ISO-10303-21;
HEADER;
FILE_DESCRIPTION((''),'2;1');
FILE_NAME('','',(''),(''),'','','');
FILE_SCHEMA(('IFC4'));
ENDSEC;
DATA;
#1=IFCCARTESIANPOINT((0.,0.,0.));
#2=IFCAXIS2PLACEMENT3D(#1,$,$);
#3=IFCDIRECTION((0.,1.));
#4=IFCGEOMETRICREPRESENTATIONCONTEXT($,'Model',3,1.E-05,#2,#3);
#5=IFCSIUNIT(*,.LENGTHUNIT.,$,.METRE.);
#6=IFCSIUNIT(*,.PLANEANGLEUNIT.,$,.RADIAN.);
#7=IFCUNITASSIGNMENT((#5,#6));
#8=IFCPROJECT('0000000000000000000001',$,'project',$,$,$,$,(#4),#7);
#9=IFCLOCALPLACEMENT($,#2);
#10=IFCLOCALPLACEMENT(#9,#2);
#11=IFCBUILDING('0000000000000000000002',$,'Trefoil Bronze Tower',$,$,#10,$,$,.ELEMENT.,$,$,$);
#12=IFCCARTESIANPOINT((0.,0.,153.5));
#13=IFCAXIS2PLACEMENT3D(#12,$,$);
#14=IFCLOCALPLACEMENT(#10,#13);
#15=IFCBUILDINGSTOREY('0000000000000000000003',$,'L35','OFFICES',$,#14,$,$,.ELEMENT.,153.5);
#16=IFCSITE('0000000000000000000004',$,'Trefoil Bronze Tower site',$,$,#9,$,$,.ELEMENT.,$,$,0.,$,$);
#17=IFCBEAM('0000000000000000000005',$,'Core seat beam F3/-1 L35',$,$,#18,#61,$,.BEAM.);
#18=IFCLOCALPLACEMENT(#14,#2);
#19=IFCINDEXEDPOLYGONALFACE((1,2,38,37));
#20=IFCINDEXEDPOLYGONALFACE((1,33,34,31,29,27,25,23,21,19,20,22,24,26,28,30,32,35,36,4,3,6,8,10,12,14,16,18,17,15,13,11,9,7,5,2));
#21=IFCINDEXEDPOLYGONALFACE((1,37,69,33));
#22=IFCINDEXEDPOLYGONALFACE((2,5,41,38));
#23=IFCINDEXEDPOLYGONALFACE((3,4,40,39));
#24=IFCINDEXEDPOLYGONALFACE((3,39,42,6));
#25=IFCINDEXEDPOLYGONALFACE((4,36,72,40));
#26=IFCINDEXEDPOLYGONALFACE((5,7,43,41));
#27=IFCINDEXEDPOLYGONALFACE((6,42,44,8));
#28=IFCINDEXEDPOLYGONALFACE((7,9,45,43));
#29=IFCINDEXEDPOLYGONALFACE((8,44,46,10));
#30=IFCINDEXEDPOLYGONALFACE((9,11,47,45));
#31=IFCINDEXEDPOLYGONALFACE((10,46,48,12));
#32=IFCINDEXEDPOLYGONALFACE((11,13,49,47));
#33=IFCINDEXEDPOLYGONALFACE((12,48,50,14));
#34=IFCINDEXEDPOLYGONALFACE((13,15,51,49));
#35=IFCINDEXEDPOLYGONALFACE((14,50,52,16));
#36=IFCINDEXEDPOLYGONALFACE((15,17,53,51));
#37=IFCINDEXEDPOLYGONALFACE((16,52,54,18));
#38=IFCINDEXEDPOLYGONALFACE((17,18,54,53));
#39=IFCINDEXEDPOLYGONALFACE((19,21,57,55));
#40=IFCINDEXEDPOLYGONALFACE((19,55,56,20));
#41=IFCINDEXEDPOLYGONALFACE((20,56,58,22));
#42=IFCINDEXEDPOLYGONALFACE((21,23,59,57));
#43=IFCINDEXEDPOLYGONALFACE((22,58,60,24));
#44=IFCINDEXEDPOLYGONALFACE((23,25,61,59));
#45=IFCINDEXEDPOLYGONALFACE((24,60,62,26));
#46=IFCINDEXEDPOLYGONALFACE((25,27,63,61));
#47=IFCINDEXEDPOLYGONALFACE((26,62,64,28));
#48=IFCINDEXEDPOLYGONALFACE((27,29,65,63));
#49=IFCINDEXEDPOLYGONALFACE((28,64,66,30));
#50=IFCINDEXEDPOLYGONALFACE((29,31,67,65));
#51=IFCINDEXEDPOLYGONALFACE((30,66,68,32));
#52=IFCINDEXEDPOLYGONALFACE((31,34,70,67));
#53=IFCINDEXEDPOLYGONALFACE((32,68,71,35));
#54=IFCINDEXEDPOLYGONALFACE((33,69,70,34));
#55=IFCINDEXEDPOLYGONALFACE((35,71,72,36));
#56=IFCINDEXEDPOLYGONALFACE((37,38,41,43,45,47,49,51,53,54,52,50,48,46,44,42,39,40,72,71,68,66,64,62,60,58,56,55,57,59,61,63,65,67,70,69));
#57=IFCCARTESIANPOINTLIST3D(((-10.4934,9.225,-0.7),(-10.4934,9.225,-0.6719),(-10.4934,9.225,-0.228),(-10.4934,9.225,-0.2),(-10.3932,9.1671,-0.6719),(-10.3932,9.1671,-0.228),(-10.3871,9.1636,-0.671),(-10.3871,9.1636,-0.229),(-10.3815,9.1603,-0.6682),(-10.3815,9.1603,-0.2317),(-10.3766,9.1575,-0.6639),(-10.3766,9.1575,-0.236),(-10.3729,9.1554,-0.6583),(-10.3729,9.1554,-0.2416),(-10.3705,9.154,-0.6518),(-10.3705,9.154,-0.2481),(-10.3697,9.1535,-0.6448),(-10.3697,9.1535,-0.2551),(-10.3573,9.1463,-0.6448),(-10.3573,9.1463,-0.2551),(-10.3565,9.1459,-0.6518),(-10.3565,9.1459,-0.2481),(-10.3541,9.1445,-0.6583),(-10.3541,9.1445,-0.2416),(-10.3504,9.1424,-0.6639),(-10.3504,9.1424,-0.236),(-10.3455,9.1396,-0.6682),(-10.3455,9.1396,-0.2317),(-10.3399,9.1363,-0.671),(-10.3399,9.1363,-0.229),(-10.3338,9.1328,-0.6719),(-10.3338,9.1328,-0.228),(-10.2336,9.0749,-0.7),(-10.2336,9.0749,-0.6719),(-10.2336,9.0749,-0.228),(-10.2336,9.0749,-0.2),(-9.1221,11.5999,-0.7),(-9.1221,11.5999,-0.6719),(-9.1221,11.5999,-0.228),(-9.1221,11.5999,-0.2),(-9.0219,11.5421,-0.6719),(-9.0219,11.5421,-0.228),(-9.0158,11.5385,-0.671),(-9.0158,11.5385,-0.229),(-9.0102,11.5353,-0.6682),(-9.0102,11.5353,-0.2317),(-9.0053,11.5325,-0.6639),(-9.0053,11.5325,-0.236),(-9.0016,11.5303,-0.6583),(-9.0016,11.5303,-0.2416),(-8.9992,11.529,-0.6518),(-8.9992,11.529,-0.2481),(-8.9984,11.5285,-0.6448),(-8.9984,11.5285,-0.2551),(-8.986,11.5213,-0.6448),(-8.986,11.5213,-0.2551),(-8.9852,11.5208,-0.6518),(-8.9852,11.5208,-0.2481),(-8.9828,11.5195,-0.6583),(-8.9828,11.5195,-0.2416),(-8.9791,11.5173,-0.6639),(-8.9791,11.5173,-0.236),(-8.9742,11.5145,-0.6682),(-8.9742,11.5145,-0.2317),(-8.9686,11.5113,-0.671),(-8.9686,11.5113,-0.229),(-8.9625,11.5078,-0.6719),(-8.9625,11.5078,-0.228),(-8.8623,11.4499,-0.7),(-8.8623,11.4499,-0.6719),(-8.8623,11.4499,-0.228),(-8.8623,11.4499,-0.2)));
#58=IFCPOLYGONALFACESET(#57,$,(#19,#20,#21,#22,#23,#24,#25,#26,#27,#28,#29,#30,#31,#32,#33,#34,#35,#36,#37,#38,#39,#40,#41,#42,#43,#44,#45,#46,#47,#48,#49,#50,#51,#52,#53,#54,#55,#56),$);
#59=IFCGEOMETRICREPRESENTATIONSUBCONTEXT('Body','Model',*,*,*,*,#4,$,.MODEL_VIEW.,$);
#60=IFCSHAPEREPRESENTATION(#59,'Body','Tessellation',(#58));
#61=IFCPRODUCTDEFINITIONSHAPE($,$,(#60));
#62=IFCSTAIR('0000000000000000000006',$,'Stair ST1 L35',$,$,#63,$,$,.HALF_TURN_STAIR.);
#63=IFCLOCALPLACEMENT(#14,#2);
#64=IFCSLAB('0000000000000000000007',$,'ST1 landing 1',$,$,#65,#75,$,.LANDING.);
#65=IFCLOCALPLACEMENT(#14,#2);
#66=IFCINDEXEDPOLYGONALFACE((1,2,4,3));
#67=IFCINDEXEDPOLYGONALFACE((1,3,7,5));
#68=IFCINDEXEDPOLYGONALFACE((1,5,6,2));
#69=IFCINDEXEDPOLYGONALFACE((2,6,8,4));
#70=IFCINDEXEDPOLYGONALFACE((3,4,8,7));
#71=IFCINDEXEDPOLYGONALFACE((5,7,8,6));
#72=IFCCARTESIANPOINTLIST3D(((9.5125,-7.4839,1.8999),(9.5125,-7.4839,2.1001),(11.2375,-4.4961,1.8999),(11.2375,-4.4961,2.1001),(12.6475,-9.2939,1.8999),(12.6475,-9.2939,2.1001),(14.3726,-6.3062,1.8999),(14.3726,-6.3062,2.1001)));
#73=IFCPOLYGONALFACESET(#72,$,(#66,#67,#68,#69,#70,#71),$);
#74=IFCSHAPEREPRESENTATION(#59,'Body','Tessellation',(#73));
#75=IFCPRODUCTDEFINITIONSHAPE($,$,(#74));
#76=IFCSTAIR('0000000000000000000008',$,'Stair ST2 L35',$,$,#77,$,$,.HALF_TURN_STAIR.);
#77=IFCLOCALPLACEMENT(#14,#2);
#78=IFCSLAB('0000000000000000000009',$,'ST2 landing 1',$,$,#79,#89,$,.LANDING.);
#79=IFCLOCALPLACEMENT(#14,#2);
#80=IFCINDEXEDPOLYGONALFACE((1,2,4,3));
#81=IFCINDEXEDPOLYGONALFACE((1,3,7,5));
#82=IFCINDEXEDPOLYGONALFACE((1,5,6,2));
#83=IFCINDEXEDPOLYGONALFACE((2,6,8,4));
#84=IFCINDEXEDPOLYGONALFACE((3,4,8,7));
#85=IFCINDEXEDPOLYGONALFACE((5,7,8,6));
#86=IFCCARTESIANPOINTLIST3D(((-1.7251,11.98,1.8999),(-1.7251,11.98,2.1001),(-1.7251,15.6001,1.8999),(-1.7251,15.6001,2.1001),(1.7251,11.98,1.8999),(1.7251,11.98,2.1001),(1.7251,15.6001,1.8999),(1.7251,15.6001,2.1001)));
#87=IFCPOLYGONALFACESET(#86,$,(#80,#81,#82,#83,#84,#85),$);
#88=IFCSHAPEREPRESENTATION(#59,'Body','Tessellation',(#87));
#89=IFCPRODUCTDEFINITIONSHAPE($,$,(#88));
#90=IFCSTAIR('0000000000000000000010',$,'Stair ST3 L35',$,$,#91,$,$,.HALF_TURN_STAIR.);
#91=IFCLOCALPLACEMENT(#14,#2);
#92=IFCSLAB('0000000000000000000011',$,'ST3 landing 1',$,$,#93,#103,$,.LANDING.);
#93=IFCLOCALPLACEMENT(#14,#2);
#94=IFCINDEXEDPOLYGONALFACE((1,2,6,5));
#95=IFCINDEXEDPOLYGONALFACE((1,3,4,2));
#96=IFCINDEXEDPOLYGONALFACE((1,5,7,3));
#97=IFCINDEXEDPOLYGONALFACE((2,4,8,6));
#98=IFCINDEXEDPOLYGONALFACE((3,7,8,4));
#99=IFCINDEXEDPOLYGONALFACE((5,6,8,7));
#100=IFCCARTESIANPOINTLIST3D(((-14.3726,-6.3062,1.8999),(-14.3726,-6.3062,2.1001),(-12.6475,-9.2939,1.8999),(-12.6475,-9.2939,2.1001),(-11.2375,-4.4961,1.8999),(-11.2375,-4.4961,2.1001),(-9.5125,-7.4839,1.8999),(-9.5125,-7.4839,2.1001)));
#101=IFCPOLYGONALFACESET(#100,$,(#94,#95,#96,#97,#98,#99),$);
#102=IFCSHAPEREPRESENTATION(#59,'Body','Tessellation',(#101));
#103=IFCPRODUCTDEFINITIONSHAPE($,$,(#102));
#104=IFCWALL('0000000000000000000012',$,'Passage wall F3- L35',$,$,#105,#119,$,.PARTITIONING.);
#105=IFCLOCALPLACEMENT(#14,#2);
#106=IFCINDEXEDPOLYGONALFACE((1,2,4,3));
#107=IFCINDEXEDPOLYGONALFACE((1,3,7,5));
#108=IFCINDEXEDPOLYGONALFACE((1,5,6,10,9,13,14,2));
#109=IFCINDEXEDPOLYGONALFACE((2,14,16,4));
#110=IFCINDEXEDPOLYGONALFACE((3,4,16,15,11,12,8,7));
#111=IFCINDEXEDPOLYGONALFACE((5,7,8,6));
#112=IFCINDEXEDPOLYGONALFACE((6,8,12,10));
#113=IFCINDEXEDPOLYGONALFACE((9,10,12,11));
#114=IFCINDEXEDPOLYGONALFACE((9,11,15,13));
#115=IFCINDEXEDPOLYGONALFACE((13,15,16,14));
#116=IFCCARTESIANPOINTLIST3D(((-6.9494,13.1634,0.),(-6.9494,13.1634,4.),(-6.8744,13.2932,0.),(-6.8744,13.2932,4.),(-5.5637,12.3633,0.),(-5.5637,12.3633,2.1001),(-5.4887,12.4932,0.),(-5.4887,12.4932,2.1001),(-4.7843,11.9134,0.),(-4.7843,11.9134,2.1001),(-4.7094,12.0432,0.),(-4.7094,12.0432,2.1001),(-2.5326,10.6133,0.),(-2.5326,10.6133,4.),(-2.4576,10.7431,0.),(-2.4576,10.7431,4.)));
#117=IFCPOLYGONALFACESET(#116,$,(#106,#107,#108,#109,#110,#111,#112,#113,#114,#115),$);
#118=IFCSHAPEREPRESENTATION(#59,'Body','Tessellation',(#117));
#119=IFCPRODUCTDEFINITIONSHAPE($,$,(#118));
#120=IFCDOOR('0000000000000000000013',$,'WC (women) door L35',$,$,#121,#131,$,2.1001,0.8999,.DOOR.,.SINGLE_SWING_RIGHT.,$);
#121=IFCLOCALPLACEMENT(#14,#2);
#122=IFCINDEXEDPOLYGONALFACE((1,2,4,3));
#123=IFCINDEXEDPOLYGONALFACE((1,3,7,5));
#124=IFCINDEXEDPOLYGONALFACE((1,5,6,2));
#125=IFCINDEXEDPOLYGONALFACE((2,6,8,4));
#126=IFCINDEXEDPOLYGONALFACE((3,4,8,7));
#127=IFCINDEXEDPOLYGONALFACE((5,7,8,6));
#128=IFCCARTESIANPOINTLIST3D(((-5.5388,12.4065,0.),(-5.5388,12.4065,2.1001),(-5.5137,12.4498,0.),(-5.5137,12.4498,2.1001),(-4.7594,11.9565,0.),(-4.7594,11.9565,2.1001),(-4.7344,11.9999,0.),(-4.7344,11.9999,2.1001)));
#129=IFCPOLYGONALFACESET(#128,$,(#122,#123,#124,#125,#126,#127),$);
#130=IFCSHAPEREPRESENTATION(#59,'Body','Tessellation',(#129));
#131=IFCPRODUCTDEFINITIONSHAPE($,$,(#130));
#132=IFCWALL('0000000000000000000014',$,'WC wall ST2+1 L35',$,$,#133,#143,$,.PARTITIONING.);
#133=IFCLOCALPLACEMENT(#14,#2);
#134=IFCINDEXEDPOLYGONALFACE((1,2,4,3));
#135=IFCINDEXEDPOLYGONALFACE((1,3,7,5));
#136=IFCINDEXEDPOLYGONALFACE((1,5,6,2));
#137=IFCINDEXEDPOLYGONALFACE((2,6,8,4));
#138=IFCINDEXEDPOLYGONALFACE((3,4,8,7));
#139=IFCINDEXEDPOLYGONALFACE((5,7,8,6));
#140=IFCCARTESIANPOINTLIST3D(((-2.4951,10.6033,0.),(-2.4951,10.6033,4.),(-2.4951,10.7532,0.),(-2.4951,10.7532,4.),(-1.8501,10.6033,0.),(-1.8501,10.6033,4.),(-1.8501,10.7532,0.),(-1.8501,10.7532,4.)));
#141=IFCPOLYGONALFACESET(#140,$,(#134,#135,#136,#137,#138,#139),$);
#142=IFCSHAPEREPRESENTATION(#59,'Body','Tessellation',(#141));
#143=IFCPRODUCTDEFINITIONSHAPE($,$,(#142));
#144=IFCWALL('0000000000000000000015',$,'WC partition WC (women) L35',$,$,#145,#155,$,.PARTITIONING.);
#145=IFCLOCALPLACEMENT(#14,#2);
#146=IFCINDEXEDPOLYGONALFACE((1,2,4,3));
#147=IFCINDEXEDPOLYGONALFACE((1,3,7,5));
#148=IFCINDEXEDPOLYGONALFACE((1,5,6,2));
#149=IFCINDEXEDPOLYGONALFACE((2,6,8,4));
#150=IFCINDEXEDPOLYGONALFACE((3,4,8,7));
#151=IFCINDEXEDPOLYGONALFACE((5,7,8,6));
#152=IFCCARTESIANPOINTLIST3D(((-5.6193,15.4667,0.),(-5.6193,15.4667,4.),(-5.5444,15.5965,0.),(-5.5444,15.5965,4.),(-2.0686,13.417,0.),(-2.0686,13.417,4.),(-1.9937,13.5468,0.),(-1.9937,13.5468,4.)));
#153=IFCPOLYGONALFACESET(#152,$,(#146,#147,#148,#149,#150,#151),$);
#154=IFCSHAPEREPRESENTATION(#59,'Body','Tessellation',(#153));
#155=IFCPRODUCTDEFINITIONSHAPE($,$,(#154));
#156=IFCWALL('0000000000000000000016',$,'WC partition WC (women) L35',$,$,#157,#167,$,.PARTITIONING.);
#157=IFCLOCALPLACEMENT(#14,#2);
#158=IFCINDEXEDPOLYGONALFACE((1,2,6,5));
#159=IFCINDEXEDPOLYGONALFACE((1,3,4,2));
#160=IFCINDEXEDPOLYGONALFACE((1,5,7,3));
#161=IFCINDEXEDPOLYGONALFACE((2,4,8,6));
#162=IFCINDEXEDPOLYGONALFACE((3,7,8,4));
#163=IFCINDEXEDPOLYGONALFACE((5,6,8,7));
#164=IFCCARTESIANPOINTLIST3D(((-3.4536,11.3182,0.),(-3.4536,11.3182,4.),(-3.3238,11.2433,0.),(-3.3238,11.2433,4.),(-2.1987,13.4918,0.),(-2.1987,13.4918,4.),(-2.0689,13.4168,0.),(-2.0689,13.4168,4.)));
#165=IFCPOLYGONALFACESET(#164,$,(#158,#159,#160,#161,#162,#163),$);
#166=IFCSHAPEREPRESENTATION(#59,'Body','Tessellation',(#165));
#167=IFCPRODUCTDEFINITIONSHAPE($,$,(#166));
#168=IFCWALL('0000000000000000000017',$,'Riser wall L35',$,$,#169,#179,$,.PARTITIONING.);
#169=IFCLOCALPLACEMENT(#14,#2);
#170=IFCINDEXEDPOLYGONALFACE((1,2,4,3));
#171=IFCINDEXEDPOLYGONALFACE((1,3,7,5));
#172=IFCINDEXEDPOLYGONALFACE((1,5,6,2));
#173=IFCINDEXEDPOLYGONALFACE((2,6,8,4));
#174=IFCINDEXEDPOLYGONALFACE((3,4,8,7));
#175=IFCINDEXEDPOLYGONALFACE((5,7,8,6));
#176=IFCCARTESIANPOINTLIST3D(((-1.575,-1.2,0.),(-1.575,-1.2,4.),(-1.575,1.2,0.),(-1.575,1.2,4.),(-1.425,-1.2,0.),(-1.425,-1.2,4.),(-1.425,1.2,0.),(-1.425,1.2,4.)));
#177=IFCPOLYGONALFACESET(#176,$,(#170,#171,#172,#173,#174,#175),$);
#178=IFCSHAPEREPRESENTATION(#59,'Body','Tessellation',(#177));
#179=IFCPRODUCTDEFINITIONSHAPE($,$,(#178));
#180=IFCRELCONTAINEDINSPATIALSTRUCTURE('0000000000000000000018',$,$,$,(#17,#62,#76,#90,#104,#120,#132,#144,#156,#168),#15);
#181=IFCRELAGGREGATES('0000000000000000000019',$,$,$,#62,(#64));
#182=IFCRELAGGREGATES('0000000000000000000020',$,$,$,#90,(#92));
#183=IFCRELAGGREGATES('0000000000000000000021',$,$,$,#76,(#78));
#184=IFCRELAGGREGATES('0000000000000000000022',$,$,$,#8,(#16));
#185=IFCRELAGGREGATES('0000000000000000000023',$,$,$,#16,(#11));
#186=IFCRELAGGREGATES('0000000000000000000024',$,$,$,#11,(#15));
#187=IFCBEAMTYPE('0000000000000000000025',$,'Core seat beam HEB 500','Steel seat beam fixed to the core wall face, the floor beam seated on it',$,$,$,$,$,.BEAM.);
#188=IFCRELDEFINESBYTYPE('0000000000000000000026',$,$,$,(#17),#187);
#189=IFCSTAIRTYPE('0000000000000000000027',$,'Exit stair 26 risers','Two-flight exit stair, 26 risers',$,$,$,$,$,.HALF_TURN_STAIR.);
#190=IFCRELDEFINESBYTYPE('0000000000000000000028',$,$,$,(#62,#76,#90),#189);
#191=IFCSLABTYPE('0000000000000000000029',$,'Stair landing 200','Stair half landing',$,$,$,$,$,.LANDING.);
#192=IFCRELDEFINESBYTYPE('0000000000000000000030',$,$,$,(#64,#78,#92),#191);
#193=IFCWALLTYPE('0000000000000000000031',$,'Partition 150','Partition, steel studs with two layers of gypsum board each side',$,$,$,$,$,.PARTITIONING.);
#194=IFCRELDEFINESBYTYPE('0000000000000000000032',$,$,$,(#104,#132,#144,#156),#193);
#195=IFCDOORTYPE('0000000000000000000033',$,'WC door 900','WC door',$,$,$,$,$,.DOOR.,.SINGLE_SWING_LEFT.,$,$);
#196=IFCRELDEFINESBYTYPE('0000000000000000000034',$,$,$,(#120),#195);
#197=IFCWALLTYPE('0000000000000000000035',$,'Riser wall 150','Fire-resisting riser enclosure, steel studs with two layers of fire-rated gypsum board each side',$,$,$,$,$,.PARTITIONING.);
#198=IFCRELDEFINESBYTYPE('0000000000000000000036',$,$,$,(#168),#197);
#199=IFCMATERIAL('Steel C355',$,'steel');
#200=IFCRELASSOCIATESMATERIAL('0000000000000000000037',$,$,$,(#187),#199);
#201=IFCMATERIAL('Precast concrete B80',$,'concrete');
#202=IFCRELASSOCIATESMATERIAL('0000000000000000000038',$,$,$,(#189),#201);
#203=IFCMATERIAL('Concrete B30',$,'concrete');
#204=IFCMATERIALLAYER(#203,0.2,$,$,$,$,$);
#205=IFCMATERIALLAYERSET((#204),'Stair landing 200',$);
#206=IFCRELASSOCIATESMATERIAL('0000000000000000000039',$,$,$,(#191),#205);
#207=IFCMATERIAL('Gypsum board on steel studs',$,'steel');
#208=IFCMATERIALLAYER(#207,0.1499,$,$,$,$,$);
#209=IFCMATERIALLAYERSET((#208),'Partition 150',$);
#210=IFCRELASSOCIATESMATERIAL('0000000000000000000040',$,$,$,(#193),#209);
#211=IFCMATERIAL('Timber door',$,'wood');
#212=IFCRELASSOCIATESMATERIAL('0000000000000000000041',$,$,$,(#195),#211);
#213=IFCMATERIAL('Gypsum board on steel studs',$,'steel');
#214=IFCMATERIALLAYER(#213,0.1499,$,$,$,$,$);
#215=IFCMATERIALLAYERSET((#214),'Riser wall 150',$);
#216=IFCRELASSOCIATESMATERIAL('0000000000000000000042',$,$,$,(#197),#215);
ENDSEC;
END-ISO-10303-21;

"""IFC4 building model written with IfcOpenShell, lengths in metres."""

from ifc_helpers import new_model, si_unit, direction, frame, frame_2d, origin, origin_2d, place, context, subcontext, project, spatial, polyline, rectangle, i_section, outline, extrude, material, layer, layer_set, material_profile, profile_set, type_object, element, fill, aggregate, save


model = new_model("IFC4")

# Units and contexts
model_context = context("Model", 3, precision=1e-05, world=origin(), true_north=direction((0.0, 1.0)))
body_context = subcontext(model_context, "Body", "Model", "MODEL_VIEW")
ifc_project = project(units=[si_unit("LENGTHUNIT", "METRE"), si_unit("PLANEANGLEUNIT", "RADIAN")], contexts=[model_context])

# Site, building, storey
site_placement = place(None, origin())
site = spatial("IfcSite", under=ifc_project, at=site_placement, Name="Trefoil Bronze Tower site", CompositionType="ELEMENT", RefElevation=0.0)
building_placement = place(site_placement, origin())
building = spatial("IfcBuilding", under=site, at=building_placement, Name="Trefoil Bronze Tower", CompositionType="ELEMENT")
storey_placement = place(building_placement, frame((0.0, 0.0, 153.5)))
storey = spatial("IfcBuildingStorey", under=building, at=storey_placement, Name="L35", Description="OFFICES", CompositionType="ELEMENT", Elevation=153.5)

# Beam
ifc_material_1 = material(Name="Steel C355", Category="steel")
ifc_material_profile = material_profile(ifc_material_1, i_section(OverallWidth=0.3, OverallDepth=0.5, WebThickness=0.0144, FlangeThickness=0.0281, FilletRadius=0.0271, at=origin_2d()), Name="HEB 500")
ifc_profile_set = profile_set([ifc_material_profile], Name="Steel C355")
beam_type = type_object("IfcBeamType", Name="Core seat beam HEB 500", Description="Steel seat beam fixed to the core wall face, the floor beam seated on it", PredefinedType="BEAM", material=ifc_profile_set)
beam_placement = place(storey_placement, frame((-8.9922, 11.5249, -0.45), z_axis=(-0.500036, -0.866005, 0.0), x_axis=(0.866005, -0.500036, 0.0)))
element("IfcBeam", 1, at=beam_placement, inside=storey, type_object=beam_type, Name="Core seat beam F3/-1 L35", PredefinedType="BEAM", context=body_context, shape_type="SweptSolid", body=[
    extrude(i_section(OverallWidth=0.3, OverallDepth=0.5, WebThickness=0.0144, FlangeThickness=0.0281, FilletRadius=0.0271, at=origin_2d()), origin(), (0.0, 0.0, 1.0), 2.7424),
])

# Stairs, slabs
ifc_material_2 = material(Name="Precast concrete B80", Category="concrete")
stair_type = type_object("IfcStairType", Name="Exit stair 26 risers", Description="Two-flight exit stair, 26 risers", PredefinedType="HALF_TURN_STAIR", material=ifc_material_2)
stair_1_placement = place(storey_placement, origin())
stair_1 = element("IfcStair", 2, at=stair_1_placement, inside=storey, type_object=stair_type, Name="Stair ST1 L35", PredefinedType="HALF_TURN_STAIR")
ifc_material_3 = material(Name="Concrete B30", Category="concrete")
ifc_layer_1 = layer(ifc_material_3, 0.2)
ifc_layer_set_1 = layer_set([ifc_layer_1], Name="Stair landing 200")
slab_type = type_object("IfcSlabType", Name="Stair landing 200", Description="Stair half landing", PredefinedType="LANDING", material=ifc_layer_set_1)
slab_1_placement = place(storey_placement, frame((0.0, 0.0, 1.8999)))
slab_1 = element("IfcSlab", 3, at=slab_1_placement, type_object=slab_type, Name="ST1 landing 1", PredefinedType="LANDING", context=body_context, shape_type="SweptSolid", body=[
    extrude(outline(polyline([(9.5125, -7.4839), (12.6475, -9.2939), (14.3726, -6.3062), (11.2375, -4.4961), (9.5125, -7.4839)])), origin(), (0.0, 0.0, 1.0), 0.2002),
])
aggregate(stair_1, [slab_1])
stair_2_placement = place(storey_placement, origin())
stair_2 = element("IfcStair", 4, at=stair_2_placement, inside=storey, type_object=stair_type, Name="Stair ST2 L35", PredefinedType="HALF_TURN_STAIR")
slab_2_placement = place(storey_placement, frame((0.0, 0.0, 1.8999)))
slab_2 = element("IfcSlab", 5, at=slab_2_placement, type_object=slab_type, Name="ST2 landing 1", PredefinedType="LANDING", context=body_context, shape_type="SweptSolid", body=[
    extrude(outline(polyline([(1.7251, 11.98), (1.7251, 15.6001), (-1.7251, 15.6001), (-1.7251, 11.98), (1.7251, 11.98)])), origin(), (0.0, 0.0, 1.0), 0.2002),
])
stair_3_placement = place(storey_placement, origin())
stair_3 = element("IfcStair", 6, at=stair_3_placement, inside=storey, type_object=stair_type, Name="Stair ST3 L35", PredefinedType="HALF_TURN_STAIR")
slab_3_placement = place(storey_placement, frame((0.0, 0.0, 1.8999)))
slab_3 = element("IfcSlab", 7, at=slab_3_placement, type_object=slab_type, Name="ST3 landing 1", PredefinedType="LANDING", context=body_context, shape_type="SweptSolid", body=[
    extrude(outline(polyline([(-11.2375, -4.4961), (-14.3726, -6.3062), (-12.6475, -9.2939), (-9.5125, -7.4839), (-11.2375, -4.4961)])), origin(), (0.0, 0.0, 1.0), 0.2002),
])
aggregate(stair_3, [slab_3])

# Wall, opening, door
ifc_material_4 = material(Name="Gypsum board on steel studs", Category="steel")
ifc_layer_2 = layer(ifc_material_4, 0.1499)
ifc_layer_set_2 = layer_set([ifc_layer_2], Name="Partition 150")
wall_type_1 = type_object("IfcWallType", Name="Partition 150", Description="Partition, steel studs with two layers of gypsum board each side", PredefinedType="PARTITIONING", material=ifc_layer_set_2)
wall_1_placement = place(storey_placement, frame((-2.4951, 10.6782, 0.0), z_axis=(0.0, 0.0, 1.0), x_axis=(-0.866022, 0.500006, 0.0)))
wall_1 = element("IfcWall", 8, at=wall_1_placement, inside=storey, type_object=wall_type_1, Name="Passage wall F3- L35", PredefinedType="PARTITIONING", context=body_context, shape_type="SweptSolid", body=[
    extrude(rectangle(XDim=5.1001, YDim=0.1499, at=frame_2d((2.55, 0.0))), origin(), (0.0, 0.0, 1.0), 4.0),
])
opening_1_placement = place(wall_1_placement, frame((2.6001, 0.0, 0.0)))
opening_1 = element("IfcOpeningElement", 9, at=opening_1_placement, cuts=wall_1, PredefinedType="OPENING", context=body_context, shape_type="SweptSolid", body=[
    extrude(rectangle(XDim=0.8999, YDim=2.1001, at=frame_2d((0.45, 1.05))), frame((0.0, 0.085, 0.0), z_axis=(0.0, -1.0, 0.0), x_axis=(1.0, 0.0, 0.0)), (0.0, 0.0, 1.0), 0.1699),
])
ifc_material_5 = material(Name="Timber door", Category="wood")
door_type_1 = type_object("IfcDoorType", Name="WC door 900", Description="WC door", OperationType="SINGLE_SWING_LEFT", PredefinedType="DOOR", material=ifc_material_5)
door_1_placement = place(opening_1_placement, frame((0.8999, 0.0, 0.0), z_axis=(0.0, 0.0, 1.0), x_axis=(-1.0, 0.0, 0.0)))
door_1 = element("IfcDoor", 10, at=door_1_placement, inside=storey, type_object=door_type_1, Name="WC (women) door L35", OperationType="SINGLE_SWING_RIGHT", OverallHeight=2.1001, OverallWidth=0.8999, PredefinedType="DOOR", context=body_context, shape_type="SweptSolid", body=[
    extrude(rectangle(XDim=0.8999, YDim=2.1001, at=frame_2d((0.45, 1.05))), frame((0.0, 0.0249, 0.0), z_axis=(0.0, -1.0, 0.0), x_axis=(1.0, 0.0, 0.0)), (0.0, 0.0, 1.0), 0.05),
])
fill(opening_1, door_1)

# Walls
wall_2_placement = place(storey_placement, frame((-2.4951, 10.6782, 0.0), z_axis=(0.0, 0.0, 1.0), x_axis=(1.0, 0.0, 0.0)))
element("IfcWall", 11, at=wall_2_placement, inside=storey, type_object=wall_type_1, Name="WC wall ST2+1 L35", PredefinedType="PARTITIONING", context=body_context, shape_type="SweptSolid", body=[
    extrude(rectangle(XDim=0.645, YDim=0.1499, at=frame_2d((0.3225, 0.0))), origin(), (0.0, 0.0, 1.0), 4.0),
])
wall_3_placement = place(storey_placement, frame((-2.0312, 13.4819, 0.0), z_axis=(0.0, 0.0, 1.0), x_axis=(-0.866051, 0.499956, 0.0)))
element("IfcWall", 12, at=wall_3_placement, inside=storey, type_object=wall_type_1, Name="WC partition WC (women) L35", PredefinedType="PARTITIONING", context=body_context, shape_type="SweptSolid", body=[
    extrude(rectangle(XDim=4.0999, YDim=0.1499, at=frame_2d((2.0498, 0.0))), origin(), (0.0, 0.0, 1.0), 4.0),
])
wall_4_placement = place(storey_placement, frame((-3.3887, 11.2808, 0.0), z_axis=(0.0, 0.0, 1.0), x_axis=(0.499989, 0.866032, 0.0)))
element("IfcWall", 13, at=wall_4_placement, inside=storey, type_object=wall_type_1, Name="WC partition WC (women) L35", PredefinedType="PARTITIONING", context=body_context, shape_type="SweptSolid", body=[
    extrude(rectangle(XDim=2.5098, YDim=0.1499, at=frame_2d((1.2549, 0.0))), origin(), (0.0, 0.0, 1.0), 4.0),
])
ifc_material_6 = material(Name="Gypsum board on steel studs", Category="steel")
ifc_layer_3 = layer(ifc_material_6, 0.1499)
ifc_layer_set_3 = layer_set([ifc_layer_3], Name="Riser wall 150")
wall_type_2 = type_object("IfcWallType", Name="Riser wall 150", Description="Fire-resisting riser enclosure, steel studs with two layers of fire-rated gypsum board each side", PredefinedType="PARTITIONING", material=ifc_layer_set_3)
wall_5_placement = place(storey_placement, frame((-1.5, 1.2, 0.0), z_axis=(0.0, 0.0, 1.0), x_axis=(0.0, -1.0, 0.0)))
element("IfcWall", 14, at=wall_5_placement, inside=storey, type_object=wall_type_2, Name="Riser wall L35", PredefinedType="PARTITIONING", context=body_context, shape_type="SweptSolid", body=[
    extrude(rectangle(XDim=2.3999, YDim=0.1499, at=frame_2d((1.2, 0.0))), origin(), (0.0, 0.0, 1.0), 4.0),
])

aggregate(stair_2, [slab_2])

save(model, "model.ifc")
